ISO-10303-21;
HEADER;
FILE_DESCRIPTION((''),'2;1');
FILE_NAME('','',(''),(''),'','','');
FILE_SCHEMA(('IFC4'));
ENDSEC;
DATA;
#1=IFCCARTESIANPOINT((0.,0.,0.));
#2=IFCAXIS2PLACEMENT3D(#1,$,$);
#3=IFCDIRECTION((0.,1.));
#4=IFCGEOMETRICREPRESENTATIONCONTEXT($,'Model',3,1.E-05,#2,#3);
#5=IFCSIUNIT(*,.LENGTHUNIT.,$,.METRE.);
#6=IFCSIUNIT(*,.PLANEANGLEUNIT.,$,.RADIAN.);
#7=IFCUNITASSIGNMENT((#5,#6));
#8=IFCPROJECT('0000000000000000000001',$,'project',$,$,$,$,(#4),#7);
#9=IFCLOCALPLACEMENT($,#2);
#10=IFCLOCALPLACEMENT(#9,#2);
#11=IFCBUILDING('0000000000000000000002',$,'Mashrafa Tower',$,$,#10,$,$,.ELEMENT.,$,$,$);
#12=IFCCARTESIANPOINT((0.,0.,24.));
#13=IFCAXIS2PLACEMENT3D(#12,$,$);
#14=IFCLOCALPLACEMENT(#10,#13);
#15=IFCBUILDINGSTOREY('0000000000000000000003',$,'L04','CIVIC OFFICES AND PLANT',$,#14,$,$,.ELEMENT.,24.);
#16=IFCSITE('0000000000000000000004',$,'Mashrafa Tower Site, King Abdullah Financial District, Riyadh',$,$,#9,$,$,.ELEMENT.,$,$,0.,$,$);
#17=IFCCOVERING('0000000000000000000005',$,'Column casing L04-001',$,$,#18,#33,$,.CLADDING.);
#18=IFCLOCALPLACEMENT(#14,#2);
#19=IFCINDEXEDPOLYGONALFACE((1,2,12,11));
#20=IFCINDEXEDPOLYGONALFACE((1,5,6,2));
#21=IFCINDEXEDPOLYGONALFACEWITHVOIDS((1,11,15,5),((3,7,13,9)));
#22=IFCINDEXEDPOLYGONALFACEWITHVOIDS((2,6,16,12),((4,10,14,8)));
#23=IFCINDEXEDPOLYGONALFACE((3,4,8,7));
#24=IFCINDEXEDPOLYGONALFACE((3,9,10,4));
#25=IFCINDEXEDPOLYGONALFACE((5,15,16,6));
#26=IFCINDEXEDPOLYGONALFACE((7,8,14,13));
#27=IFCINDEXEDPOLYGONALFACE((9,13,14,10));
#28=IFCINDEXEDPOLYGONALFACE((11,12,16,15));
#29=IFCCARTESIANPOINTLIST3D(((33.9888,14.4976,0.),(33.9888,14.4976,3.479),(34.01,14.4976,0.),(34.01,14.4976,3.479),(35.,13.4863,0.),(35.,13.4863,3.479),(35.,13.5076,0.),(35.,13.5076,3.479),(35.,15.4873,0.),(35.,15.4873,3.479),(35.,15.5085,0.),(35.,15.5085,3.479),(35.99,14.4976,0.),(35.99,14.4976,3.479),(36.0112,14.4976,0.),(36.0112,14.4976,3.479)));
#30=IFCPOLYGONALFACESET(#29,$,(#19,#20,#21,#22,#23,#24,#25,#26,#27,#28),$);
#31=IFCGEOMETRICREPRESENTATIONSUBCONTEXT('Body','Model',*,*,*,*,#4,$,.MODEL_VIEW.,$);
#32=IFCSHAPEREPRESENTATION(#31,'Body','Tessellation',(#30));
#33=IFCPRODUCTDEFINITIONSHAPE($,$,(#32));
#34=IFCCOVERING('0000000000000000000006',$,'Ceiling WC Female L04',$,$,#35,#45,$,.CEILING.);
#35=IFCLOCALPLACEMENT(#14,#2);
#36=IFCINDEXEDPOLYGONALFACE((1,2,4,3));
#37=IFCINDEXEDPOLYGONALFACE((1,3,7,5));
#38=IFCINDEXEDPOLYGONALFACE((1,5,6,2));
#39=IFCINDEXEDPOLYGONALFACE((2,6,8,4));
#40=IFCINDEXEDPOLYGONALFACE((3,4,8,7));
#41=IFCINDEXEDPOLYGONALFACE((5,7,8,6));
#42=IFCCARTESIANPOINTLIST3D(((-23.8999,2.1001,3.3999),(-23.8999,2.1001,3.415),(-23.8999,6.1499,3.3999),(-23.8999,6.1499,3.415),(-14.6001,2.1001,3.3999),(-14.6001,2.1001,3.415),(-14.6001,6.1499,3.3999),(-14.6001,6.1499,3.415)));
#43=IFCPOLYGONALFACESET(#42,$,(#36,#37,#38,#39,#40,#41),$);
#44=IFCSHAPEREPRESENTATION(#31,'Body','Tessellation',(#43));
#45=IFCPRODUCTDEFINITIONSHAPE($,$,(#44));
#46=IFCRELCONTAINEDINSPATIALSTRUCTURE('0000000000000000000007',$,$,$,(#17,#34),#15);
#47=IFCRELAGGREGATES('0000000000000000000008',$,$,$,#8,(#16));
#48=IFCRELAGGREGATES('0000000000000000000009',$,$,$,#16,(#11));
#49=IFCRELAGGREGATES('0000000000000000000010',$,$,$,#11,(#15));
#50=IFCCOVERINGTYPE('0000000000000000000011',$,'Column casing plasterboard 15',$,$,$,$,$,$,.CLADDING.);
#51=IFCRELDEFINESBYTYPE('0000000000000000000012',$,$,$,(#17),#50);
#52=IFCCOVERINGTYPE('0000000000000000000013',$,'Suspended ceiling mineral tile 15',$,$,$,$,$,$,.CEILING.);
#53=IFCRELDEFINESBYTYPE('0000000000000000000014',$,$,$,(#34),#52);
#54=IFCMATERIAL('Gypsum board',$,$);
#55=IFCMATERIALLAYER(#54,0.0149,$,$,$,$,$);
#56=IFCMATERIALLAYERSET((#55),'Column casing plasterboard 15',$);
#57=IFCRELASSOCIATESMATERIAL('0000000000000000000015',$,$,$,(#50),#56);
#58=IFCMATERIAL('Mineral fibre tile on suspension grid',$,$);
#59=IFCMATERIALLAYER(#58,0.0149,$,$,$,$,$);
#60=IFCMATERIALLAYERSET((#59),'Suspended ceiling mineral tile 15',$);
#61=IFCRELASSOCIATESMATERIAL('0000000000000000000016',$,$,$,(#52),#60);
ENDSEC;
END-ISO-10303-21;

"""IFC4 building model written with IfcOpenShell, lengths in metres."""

from ifc_helpers import new_model, si_unit, direction, frame, origin, place, context, subcontext, project, spatial, polyline, outline, extrude, material, layer, layer_set, type_object, element, save


model = new_model("IFC4")

# Units and contexts
model_context = context("Model", 3, precision=1e-05, world=origin(), true_north=direction((0.0, 1.0)))
body_context = subcontext(model_context, "Body", "Model", "MODEL_VIEW")
ifc_project = project(units=[si_unit("LENGTHUNIT", "METRE"), si_unit("PLANEANGLEUNIT", "RADIAN")], contexts=[model_context])

# Site, building, storey
site_placement = place(None, origin())
site = spatial("IfcSite", under=ifc_project, at=site_placement, Name="Mashrafa Tower Site, King Abdullah Financial District, Riyadh", CompositionType="ELEMENT", RefElevation=0.0)
building_placement = place(site_placement, origin())
building = spatial("IfcBuilding", under=site, at=building_placement, Name="Mashrafa Tower", CompositionType="ELEMENT")
storey_placement = place(building_placement, frame((0.0, 0.0, 24.0)))
storey = spatial("IfcBuildingStorey", under=building, at=storey_placement, Name="L04", Description="CIVIC OFFICES AND PLANT", CompositionType="ELEMENT", Elevation=24.0)

# Coverings
ifc_material_1 = material(Name="Gypsum board")
ifc_layer_1 = layer(ifc_material_1, 0.0149)
ifc_layer_set_1 = layer_set([ifc_layer_1], Name="Column casing plasterboard 15")
covering_type_1 = type_object("IfcCoveringType", Name="Column casing plasterboard 15", PredefinedType="CLADDING", material=ifc_layer_set_1)
covering_1_placement = place(storey_placement, origin())
element("IfcCovering", 1, at=covering_1_placement, inside=storey, type_object=covering_type_1, Name="Column casing L04-001", PredefinedType="CLADDING", context=body_context, shape_type="SweptSolid", body=[
    extrude(outline(polyline([(33.9888, 14.4976), (35.0, 15.5085), (36.0112, 14.4976), (35.0, 13.4863), (33.9888, 14.4976)]), holes=[polyline([(35.99, 14.4976), (35.0, 15.4873), (34.01, 14.4976), (35.0, 13.5076), (35.99, 14.4976)])]), origin(), (0.0, 0.0, 1.0), 3.479),
])
ifc_material_2 = material(Name="Mineral fibre tile on suspension grid")
ifc_layer_2 = layer(ifc_material_2, 0.0149)
ifc_layer_set_2 = layer_set([ifc_layer_2], Name="Suspended ceiling mineral tile 15")
covering_type_2 = type_object("IfcCoveringType", Name="Suspended ceiling mineral tile 15", PredefinedType="CEILING", material=ifc_layer_set_2)
covering_2_placement = place(storey_placement, frame((0.0, 0.0, 3.3999)))
element("IfcCovering", 2, at=covering_2_placement, inside=storey, type_object=covering_type_2, Name="Ceiling WC Female L04", PredefinedType="CEILING", context=body_context, shape_type="SweptSolid", body=[
    extrude(outline(polyline([(-23.8999, 2.1001), (-23.8999, 6.1499), (-14.6001, 6.1499), (-14.6001, 2.1001), (-23.8999, 2.1001)])), origin(), (0.0, 0.0, 1.0), 0.0151),
])

save(model, "model.ifc")
